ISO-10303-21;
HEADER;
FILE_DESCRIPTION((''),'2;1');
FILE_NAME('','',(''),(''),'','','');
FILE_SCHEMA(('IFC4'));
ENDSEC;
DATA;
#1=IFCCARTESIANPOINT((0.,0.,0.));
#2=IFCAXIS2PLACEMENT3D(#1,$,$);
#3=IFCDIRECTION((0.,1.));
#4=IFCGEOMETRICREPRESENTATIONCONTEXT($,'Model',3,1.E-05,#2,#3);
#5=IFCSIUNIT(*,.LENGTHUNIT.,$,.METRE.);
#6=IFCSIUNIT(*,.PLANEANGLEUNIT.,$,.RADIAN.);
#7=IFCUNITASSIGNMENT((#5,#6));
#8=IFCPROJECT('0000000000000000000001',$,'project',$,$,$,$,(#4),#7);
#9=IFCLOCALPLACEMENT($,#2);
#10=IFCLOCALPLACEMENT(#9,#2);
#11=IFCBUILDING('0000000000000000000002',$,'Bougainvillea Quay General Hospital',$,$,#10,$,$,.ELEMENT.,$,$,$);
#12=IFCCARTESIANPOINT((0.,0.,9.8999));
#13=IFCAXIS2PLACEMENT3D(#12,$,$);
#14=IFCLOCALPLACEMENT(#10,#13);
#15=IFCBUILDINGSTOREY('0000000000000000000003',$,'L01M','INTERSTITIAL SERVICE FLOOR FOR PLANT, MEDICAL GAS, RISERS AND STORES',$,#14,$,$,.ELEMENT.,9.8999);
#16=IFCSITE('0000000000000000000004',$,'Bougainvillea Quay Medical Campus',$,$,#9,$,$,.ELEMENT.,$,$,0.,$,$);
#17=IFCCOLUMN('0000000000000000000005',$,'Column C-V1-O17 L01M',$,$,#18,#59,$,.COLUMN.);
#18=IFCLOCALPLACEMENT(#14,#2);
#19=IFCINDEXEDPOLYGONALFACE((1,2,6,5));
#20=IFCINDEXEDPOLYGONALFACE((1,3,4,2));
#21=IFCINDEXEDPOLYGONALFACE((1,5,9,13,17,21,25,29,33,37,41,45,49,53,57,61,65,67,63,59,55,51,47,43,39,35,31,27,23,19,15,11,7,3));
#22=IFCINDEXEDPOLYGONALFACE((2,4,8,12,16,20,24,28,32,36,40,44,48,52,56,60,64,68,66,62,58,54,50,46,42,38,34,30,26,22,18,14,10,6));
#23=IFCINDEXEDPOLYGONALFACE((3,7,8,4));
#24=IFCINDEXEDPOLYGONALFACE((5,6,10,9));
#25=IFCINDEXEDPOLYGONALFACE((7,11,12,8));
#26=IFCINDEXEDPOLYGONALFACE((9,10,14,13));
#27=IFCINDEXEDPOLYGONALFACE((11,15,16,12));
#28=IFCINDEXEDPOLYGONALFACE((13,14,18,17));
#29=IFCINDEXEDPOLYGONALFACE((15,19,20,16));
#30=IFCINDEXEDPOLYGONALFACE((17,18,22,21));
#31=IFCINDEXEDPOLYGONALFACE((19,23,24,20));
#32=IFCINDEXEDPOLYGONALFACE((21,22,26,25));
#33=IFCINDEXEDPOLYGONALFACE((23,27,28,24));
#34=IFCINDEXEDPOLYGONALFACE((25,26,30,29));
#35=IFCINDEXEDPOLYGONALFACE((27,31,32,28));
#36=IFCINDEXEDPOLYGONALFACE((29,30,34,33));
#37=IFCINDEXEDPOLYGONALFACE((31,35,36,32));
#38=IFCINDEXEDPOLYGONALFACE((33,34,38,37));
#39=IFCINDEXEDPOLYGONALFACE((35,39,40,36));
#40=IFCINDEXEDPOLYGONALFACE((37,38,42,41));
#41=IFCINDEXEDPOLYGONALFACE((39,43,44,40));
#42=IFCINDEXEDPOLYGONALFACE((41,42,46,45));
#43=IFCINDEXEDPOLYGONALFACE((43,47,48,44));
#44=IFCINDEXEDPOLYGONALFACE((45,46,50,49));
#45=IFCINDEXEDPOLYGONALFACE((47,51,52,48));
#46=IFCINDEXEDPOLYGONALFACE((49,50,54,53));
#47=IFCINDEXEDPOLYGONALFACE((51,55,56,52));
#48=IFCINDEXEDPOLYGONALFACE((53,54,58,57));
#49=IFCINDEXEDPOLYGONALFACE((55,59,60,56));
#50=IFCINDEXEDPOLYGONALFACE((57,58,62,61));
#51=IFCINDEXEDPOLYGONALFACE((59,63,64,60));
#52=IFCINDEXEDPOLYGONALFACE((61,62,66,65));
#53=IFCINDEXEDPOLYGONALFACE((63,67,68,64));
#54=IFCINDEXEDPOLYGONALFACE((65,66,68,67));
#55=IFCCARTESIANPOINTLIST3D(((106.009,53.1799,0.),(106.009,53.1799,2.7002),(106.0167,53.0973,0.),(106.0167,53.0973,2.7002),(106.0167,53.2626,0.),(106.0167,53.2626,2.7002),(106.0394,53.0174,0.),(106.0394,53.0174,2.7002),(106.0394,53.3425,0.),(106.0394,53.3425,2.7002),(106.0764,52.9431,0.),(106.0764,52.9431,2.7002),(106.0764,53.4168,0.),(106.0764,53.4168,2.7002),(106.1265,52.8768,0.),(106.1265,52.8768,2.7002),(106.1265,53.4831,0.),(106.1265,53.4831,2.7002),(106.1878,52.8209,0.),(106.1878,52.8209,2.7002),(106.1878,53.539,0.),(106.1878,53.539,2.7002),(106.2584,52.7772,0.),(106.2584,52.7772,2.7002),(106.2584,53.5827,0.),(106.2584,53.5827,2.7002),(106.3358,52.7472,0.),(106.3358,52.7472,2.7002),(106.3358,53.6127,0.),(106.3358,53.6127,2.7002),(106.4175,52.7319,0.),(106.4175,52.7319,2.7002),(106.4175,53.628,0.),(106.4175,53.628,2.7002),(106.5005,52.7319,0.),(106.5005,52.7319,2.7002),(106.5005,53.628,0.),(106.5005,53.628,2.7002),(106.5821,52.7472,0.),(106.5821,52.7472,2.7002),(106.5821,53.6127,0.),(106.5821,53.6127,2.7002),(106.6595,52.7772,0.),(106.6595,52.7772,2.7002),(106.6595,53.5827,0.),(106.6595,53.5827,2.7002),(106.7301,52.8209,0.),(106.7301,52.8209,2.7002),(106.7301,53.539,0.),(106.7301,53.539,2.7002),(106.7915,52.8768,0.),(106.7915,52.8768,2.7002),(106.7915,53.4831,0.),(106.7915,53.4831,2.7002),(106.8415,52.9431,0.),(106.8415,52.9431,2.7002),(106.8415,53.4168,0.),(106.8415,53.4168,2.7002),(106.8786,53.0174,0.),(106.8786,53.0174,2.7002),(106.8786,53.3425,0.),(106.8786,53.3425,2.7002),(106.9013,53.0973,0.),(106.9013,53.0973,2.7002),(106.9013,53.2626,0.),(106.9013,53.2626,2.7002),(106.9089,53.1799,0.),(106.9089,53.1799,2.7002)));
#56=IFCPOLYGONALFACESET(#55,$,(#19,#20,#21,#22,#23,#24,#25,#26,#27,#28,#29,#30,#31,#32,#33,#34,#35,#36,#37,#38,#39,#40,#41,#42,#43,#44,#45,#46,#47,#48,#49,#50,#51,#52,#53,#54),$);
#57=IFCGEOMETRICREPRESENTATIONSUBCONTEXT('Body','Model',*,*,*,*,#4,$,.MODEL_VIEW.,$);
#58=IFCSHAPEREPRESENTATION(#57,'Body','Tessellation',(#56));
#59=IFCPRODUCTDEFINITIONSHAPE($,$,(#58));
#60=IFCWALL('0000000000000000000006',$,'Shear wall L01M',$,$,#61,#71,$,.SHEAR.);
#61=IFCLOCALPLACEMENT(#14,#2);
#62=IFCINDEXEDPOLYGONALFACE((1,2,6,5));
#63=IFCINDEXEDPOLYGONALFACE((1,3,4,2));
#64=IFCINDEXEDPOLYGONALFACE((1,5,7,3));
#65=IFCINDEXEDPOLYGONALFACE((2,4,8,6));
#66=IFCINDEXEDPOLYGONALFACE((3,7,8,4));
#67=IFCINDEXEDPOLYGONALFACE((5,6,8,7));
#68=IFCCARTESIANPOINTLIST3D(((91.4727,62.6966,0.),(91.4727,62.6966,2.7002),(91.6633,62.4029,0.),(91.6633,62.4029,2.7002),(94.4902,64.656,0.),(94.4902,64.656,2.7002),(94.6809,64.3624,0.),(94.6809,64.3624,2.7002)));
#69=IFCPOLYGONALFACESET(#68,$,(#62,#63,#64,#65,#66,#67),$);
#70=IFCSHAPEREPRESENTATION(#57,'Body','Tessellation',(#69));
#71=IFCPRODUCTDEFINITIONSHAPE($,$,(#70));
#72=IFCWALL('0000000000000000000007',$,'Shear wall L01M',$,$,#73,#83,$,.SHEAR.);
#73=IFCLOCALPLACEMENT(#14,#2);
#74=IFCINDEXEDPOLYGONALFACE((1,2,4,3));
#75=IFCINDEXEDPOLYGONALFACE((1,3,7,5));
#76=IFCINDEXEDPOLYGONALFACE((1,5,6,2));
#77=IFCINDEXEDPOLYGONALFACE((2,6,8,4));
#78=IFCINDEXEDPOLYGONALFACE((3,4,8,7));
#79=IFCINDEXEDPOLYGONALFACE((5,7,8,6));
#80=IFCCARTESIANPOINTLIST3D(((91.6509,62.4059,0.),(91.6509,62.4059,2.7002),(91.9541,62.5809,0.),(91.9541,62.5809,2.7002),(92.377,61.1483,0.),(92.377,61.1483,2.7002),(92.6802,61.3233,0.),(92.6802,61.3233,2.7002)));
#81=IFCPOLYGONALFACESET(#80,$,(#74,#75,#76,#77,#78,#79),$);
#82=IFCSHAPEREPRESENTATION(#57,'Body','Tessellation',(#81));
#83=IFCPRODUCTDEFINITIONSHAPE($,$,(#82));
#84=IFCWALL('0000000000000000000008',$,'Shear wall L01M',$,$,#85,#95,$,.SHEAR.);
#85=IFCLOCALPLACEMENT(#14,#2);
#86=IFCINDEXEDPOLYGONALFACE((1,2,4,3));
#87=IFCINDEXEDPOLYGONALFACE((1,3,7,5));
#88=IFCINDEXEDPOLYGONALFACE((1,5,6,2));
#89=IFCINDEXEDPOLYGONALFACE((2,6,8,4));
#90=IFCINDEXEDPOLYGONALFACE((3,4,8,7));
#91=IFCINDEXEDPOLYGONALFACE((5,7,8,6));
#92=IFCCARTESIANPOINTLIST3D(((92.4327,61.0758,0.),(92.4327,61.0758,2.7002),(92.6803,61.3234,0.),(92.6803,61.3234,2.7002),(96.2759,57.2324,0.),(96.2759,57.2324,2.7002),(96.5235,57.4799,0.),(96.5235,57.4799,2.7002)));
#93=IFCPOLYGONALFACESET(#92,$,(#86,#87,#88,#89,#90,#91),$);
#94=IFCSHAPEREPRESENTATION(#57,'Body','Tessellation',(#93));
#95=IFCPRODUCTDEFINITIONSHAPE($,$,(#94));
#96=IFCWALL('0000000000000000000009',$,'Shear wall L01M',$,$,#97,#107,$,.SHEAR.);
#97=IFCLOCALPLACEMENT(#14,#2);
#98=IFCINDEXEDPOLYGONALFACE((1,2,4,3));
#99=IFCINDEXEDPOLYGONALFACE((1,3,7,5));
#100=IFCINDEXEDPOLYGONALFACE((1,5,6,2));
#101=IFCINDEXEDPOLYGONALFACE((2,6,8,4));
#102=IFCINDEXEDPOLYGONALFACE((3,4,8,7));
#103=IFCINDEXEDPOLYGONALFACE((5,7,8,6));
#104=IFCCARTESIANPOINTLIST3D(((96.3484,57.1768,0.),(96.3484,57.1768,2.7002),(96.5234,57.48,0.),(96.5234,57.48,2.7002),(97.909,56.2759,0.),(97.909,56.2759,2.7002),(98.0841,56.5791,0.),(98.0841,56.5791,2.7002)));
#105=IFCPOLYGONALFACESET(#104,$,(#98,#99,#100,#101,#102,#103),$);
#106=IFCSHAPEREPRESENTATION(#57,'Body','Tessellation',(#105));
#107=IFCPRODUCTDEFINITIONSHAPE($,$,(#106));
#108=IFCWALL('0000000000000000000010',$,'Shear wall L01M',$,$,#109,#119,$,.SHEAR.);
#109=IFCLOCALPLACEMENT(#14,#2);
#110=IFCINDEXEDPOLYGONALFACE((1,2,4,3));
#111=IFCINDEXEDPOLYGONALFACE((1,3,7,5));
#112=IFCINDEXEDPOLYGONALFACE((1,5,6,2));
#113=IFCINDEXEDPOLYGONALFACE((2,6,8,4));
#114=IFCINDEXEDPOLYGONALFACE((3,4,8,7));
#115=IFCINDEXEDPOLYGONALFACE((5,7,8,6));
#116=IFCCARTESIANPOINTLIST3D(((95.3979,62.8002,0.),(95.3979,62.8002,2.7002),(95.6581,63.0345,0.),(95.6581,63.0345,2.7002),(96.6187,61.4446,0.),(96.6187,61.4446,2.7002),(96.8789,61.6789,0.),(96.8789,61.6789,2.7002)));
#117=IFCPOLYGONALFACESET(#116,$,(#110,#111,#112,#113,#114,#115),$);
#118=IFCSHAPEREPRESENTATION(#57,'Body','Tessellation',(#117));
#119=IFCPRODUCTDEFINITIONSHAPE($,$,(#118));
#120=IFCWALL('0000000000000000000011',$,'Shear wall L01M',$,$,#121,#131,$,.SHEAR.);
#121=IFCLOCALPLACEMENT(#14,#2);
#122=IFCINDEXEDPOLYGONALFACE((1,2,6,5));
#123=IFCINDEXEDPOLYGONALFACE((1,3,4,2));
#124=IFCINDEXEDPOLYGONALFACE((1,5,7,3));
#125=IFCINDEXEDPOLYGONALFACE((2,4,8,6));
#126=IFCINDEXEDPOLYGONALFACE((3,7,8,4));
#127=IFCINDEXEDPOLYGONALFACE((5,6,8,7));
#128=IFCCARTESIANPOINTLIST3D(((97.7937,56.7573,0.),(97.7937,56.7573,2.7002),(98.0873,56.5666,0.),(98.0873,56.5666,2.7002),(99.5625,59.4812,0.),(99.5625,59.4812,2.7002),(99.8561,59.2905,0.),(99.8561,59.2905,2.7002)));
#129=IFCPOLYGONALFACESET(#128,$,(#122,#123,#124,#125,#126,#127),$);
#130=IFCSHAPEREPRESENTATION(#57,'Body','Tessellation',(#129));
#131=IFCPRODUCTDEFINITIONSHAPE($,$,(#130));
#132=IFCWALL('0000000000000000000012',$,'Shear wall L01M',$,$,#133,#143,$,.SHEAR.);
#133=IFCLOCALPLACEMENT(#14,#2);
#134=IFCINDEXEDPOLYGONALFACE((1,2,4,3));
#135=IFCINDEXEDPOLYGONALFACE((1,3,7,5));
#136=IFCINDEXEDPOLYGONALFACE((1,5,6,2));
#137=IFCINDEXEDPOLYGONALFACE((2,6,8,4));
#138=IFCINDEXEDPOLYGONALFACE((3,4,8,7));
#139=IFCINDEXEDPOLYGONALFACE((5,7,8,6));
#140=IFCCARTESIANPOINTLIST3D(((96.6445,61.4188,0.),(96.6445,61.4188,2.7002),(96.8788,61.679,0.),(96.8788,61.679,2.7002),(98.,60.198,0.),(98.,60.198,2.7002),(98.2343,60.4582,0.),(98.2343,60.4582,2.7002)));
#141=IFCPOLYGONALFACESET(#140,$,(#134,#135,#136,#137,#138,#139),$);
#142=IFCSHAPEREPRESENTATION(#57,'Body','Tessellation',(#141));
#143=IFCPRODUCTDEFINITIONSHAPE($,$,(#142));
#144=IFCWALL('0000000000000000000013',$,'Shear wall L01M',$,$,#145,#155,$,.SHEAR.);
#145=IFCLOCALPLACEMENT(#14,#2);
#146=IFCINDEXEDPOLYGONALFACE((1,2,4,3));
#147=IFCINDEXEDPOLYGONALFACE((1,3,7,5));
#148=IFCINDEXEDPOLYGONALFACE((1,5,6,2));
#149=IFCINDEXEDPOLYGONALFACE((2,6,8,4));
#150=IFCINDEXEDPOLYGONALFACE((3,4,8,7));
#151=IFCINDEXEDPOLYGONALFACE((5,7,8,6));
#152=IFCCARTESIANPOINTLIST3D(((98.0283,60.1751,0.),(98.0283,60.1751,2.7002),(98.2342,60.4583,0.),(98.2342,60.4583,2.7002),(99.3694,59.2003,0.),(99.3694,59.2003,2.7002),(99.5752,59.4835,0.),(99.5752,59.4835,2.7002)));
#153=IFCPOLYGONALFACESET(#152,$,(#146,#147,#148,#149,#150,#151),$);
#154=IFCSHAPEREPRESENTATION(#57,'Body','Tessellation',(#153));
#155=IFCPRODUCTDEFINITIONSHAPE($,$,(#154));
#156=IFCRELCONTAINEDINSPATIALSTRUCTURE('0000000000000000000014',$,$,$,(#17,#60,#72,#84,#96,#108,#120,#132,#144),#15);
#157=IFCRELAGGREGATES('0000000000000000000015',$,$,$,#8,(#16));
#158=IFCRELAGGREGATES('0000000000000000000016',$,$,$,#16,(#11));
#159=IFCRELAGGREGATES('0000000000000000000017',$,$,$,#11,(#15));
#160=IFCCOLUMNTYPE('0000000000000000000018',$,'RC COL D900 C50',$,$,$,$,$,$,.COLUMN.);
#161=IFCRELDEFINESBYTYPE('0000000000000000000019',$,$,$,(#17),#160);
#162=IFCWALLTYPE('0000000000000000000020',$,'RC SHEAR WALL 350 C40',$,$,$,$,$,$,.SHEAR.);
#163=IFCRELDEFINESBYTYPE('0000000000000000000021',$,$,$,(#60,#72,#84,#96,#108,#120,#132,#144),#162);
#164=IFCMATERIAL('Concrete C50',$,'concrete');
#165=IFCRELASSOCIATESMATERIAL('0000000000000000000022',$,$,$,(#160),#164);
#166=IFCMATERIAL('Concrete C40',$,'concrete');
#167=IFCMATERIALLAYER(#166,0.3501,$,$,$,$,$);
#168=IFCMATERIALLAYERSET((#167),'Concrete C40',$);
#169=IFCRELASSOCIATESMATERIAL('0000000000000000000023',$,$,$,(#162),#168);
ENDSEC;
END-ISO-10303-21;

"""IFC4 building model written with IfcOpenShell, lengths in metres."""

from ifc_helpers import new_model, si_unit, direction, frame, frame_2d, origin, origin_2d, place, context, subcontext, project, spatial, rectangle, circle, extrude, material, layer, layer_set, material_profile, profile_set, type_object, element, save


model = new_model("IFC4")

# Units and contexts
model_context = context("Model", 3, precision=1e-05, world=origin(), true_north=direction((0.0, 1.0)))
body_context = subcontext(model_context, "Body", "Model", "MODEL_VIEW")
ifc_project = project(units=[si_unit("LENGTHUNIT", "METRE"), si_unit("PLANEANGLEUNIT", "RADIAN")], contexts=[model_context])

# Site, building, storey
site_placement = place(None, origin())
site = spatial("IfcSite", under=ifc_project, at=site_placement, Name="Bougainvillea Quay Medical Campus", CompositionType="ELEMENT", RefElevation=0.0)
building_placement = place(site_placement, origin())
building = spatial("IfcBuilding", under=site, at=building_placement, Name="Bougainvillea Quay General Hospital", CompositionType="ELEMENT")
storey_placement = place(building_placement, frame((0.0, 0.0, 9.8999)))
storey = spatial("IfcBuildingStorey", under=building, at=storey_placement, Name="L01M", Description="INTERSTITIAL SERVICE FLOOR FOR PLANT, MEDICAL GAS, RISERS AND STORES", CompositionType="ELEMENT", Elevation=9.8999)

# Column
ifc_material_1 = material(Name="Concrete C50", Category="concrete")
ifc_material_profile = material_profile(ifc_material_1, circle(Radius=0.45, at=origin_2d()))
ifc_profile_set = profile_set([ifc_material_profile], Name="Concrete C50")
column_type = type_object("IfcColumnType", Name="RC COL D900 C50", PredefinedType="COLUMN", material=ifc_profile_set)
for number, where, z_axis, x_axis, name in (
    (1, (106.459, 53.1799, 0.0), (0.0, 0.0, 1.0), (1.0, 0.0, 0.0), "Column C-V1-O17 L01M"),
):
    element("IfcColumn", number, at=place(storey_placement, frame(where, z_axis=z_axis, x_axis=x_axis)), inside=storey, type_object=column_type, Name=name, PredefinedType="COLUMN", context=body_context, shape_type="SweptSolid", body=[
        extrude(circle(Radius=0.45, at=origin_2d()), origin(), (0.0, 0.0, 1.0), 2.7002),
    ])

# Walls
ifc_material_2 = material(Name="Concrete C40", Category="concrete")
ifc_layer = layer(ifc_material_2, 0.3501)
ifc_layer_set = layer_set([ifc_layer], Name="Concrete C40")
wall_type = type_object("IfcWallType", Name="RC SHEAR WALL 350 C40", PredefinedType="SHEAR", material=ifc_layer_set)
wall_1_placement = place(storey_placement, frame((91.5681, 62.5498, 0.0), z_axis=(0.0, 0.0, 1.0), x_axis=(0.838692, 0.544607, 0.0)))
element("IfcWall", 2, at=wall_1_placement, inside=storey, type_object=wall_type, Name="Shear wall L01M", PredefinedType="SHEAR", context=body_context, shape_type="SweptSolid", body=[
    extrude(rectangle(XDim=3.5979, YDim=0.3501, at=frame_2d((1.7988, 0.0))), origin(), (0.0, 0.0, 1.0), 2.7002),
])
wall_2_placement = place(storey_placement, frame((91.8025, 62.4934, 0.0), z_axis=(0.0, 0.0, 1.0), x_axis=(0.500009, -0.86602, 0.0)))
element("IfcWall", 3, at=wall_2_placement, inside=storey, type_object=wall_type, Name="Shear wall L01M", PredefinedType="SHEAR", context=body_context, shape_type="SweptSolid", body=[
    extrude(rectangle(XDim=1.4521, YDim=0.3501, at=frame_2d((0.7261, 0.0))), origin(), (0.0, 0.0, 1.0), 2.7002),
])
wall_3_placement = place(storey_placement, frame((92.5564, 61.1997, 0.0), z_axis=(0.0, 0.0, 1.0), x_axis=(0.707084, -0.707129, 0.0)))
element("IfcWall", 4, at=wall_3_placement, inside=storey, type_object=wall_type, Name="Shear wall L01M", PredefinedType="SHEAR", context=body_context, shape_type="SweptSolid", body=[
    extrude(rectangle(XDim=5.4353, YDim=0.3501, at=frame_2d((2.7178, 0.0))), origin(), (0.0, 0.0, 1.0), 2.7002),
])
wall_4_placement = place(storey_placement, frame((96.436, 57.3284, 0.0), z_axis=(0.0, 0.0, 1.0), x_axis=(0.86605, -0.499957, 0.0)))
element("IfcWall", 5, at=wall_4_placement, inside=storey, type_object=wall_type, Name="Shear wall L01M", PredefinedType="SHEAR", context=body_context, shape_type="SweptSolid", body=[
    extrude(rectangle(XDim=1.802, YDim=0.3501, at=frame_2d((0.9009, 0.0))), origin(), (0.0, 0.0, 1.0), 2.7002),
])
wall_5_placement = place(storey_placement, frame((96.7488, 61.5618, 0.0), z_axis=(0.0, 0.0, 1.0), x_axis=(-0.669201, 0.743081, 0.0)))
element("IfcWall", 6, at=wall_5_placement, inside=storey, type_object=wall_type, Name="Shear wall L01M", PredefinedType="SHEAR", context=body_context, shape_type="SweptSolid", body=[
    extrude(rectangle(XDim=1.8242, YDim=0.3501, at=frame_2d((0.9121, 0.0))), origin(), (0.0, 0.0, 1.0), 2.7002),
])
wall_6_placement = place(storey_placement, frame((97.9404, 56.6619, 0.0), z_axis=(0.0, 0.0, 1.0), x_axis=(0.544616, 0.838686, 0.0)))
element("IfcWall", 7, at=wall_6_placement, inside=storey, type_object=wall_type, Name="Shear wall L01M", PredefinedType="SHEAR", context=body_context, shape_type="SweptSolid", body=[
    extrude(rectangle(XDim=3.2478, YDim=0.3501, at=frame_2d((1.624, 0.0))), origin(), (0.0, 0.0, 1.0), 2.7002),
])
wall_7_placement = place(storey_placement, frame((98.1172, 60.3281, 0.0), z_axis=(0.0, 0.0, 1.0), x_axis=(-0.743081, 0.669201, 0.0)))
element("IfcWall", 8, at=wall_7_placement, inside=storey, type_object=wall_type, Name="Shear wall L01M", PredefinedType="SHEAR", context=body_context, shape_type="SweptSolid", body=[
    extrude(rectangle(XDim=1.8242, YDim=0.3501, at=frame_2d((0.9121, 0.0))), origin(), (0.0, 0.0, 1.0), 2.7002),
])
wall_8_placement = place(storey_placement, frame((99.4724, 59.3418, 0.0), z_axis=(0.0, 0.0, 1.0), x_axis=(-0.80887, 0.587988, 0.0)))
element("IfcWall", 9, at=wall_8_placement, inside=storey, type_object=wall_type, Name="Shear wall L01M", PredefinedType="SHEAR", context=body_context, shape_type="SweptSolid", body=[
    extrude(rectangle(XDim=1.658, YDim=0.3501, at=frame_2d((0.8291, 0.0))), origin(), (0.0, 0.0, 1.0), 2.7002),
])

save(model, "model.ifc")
